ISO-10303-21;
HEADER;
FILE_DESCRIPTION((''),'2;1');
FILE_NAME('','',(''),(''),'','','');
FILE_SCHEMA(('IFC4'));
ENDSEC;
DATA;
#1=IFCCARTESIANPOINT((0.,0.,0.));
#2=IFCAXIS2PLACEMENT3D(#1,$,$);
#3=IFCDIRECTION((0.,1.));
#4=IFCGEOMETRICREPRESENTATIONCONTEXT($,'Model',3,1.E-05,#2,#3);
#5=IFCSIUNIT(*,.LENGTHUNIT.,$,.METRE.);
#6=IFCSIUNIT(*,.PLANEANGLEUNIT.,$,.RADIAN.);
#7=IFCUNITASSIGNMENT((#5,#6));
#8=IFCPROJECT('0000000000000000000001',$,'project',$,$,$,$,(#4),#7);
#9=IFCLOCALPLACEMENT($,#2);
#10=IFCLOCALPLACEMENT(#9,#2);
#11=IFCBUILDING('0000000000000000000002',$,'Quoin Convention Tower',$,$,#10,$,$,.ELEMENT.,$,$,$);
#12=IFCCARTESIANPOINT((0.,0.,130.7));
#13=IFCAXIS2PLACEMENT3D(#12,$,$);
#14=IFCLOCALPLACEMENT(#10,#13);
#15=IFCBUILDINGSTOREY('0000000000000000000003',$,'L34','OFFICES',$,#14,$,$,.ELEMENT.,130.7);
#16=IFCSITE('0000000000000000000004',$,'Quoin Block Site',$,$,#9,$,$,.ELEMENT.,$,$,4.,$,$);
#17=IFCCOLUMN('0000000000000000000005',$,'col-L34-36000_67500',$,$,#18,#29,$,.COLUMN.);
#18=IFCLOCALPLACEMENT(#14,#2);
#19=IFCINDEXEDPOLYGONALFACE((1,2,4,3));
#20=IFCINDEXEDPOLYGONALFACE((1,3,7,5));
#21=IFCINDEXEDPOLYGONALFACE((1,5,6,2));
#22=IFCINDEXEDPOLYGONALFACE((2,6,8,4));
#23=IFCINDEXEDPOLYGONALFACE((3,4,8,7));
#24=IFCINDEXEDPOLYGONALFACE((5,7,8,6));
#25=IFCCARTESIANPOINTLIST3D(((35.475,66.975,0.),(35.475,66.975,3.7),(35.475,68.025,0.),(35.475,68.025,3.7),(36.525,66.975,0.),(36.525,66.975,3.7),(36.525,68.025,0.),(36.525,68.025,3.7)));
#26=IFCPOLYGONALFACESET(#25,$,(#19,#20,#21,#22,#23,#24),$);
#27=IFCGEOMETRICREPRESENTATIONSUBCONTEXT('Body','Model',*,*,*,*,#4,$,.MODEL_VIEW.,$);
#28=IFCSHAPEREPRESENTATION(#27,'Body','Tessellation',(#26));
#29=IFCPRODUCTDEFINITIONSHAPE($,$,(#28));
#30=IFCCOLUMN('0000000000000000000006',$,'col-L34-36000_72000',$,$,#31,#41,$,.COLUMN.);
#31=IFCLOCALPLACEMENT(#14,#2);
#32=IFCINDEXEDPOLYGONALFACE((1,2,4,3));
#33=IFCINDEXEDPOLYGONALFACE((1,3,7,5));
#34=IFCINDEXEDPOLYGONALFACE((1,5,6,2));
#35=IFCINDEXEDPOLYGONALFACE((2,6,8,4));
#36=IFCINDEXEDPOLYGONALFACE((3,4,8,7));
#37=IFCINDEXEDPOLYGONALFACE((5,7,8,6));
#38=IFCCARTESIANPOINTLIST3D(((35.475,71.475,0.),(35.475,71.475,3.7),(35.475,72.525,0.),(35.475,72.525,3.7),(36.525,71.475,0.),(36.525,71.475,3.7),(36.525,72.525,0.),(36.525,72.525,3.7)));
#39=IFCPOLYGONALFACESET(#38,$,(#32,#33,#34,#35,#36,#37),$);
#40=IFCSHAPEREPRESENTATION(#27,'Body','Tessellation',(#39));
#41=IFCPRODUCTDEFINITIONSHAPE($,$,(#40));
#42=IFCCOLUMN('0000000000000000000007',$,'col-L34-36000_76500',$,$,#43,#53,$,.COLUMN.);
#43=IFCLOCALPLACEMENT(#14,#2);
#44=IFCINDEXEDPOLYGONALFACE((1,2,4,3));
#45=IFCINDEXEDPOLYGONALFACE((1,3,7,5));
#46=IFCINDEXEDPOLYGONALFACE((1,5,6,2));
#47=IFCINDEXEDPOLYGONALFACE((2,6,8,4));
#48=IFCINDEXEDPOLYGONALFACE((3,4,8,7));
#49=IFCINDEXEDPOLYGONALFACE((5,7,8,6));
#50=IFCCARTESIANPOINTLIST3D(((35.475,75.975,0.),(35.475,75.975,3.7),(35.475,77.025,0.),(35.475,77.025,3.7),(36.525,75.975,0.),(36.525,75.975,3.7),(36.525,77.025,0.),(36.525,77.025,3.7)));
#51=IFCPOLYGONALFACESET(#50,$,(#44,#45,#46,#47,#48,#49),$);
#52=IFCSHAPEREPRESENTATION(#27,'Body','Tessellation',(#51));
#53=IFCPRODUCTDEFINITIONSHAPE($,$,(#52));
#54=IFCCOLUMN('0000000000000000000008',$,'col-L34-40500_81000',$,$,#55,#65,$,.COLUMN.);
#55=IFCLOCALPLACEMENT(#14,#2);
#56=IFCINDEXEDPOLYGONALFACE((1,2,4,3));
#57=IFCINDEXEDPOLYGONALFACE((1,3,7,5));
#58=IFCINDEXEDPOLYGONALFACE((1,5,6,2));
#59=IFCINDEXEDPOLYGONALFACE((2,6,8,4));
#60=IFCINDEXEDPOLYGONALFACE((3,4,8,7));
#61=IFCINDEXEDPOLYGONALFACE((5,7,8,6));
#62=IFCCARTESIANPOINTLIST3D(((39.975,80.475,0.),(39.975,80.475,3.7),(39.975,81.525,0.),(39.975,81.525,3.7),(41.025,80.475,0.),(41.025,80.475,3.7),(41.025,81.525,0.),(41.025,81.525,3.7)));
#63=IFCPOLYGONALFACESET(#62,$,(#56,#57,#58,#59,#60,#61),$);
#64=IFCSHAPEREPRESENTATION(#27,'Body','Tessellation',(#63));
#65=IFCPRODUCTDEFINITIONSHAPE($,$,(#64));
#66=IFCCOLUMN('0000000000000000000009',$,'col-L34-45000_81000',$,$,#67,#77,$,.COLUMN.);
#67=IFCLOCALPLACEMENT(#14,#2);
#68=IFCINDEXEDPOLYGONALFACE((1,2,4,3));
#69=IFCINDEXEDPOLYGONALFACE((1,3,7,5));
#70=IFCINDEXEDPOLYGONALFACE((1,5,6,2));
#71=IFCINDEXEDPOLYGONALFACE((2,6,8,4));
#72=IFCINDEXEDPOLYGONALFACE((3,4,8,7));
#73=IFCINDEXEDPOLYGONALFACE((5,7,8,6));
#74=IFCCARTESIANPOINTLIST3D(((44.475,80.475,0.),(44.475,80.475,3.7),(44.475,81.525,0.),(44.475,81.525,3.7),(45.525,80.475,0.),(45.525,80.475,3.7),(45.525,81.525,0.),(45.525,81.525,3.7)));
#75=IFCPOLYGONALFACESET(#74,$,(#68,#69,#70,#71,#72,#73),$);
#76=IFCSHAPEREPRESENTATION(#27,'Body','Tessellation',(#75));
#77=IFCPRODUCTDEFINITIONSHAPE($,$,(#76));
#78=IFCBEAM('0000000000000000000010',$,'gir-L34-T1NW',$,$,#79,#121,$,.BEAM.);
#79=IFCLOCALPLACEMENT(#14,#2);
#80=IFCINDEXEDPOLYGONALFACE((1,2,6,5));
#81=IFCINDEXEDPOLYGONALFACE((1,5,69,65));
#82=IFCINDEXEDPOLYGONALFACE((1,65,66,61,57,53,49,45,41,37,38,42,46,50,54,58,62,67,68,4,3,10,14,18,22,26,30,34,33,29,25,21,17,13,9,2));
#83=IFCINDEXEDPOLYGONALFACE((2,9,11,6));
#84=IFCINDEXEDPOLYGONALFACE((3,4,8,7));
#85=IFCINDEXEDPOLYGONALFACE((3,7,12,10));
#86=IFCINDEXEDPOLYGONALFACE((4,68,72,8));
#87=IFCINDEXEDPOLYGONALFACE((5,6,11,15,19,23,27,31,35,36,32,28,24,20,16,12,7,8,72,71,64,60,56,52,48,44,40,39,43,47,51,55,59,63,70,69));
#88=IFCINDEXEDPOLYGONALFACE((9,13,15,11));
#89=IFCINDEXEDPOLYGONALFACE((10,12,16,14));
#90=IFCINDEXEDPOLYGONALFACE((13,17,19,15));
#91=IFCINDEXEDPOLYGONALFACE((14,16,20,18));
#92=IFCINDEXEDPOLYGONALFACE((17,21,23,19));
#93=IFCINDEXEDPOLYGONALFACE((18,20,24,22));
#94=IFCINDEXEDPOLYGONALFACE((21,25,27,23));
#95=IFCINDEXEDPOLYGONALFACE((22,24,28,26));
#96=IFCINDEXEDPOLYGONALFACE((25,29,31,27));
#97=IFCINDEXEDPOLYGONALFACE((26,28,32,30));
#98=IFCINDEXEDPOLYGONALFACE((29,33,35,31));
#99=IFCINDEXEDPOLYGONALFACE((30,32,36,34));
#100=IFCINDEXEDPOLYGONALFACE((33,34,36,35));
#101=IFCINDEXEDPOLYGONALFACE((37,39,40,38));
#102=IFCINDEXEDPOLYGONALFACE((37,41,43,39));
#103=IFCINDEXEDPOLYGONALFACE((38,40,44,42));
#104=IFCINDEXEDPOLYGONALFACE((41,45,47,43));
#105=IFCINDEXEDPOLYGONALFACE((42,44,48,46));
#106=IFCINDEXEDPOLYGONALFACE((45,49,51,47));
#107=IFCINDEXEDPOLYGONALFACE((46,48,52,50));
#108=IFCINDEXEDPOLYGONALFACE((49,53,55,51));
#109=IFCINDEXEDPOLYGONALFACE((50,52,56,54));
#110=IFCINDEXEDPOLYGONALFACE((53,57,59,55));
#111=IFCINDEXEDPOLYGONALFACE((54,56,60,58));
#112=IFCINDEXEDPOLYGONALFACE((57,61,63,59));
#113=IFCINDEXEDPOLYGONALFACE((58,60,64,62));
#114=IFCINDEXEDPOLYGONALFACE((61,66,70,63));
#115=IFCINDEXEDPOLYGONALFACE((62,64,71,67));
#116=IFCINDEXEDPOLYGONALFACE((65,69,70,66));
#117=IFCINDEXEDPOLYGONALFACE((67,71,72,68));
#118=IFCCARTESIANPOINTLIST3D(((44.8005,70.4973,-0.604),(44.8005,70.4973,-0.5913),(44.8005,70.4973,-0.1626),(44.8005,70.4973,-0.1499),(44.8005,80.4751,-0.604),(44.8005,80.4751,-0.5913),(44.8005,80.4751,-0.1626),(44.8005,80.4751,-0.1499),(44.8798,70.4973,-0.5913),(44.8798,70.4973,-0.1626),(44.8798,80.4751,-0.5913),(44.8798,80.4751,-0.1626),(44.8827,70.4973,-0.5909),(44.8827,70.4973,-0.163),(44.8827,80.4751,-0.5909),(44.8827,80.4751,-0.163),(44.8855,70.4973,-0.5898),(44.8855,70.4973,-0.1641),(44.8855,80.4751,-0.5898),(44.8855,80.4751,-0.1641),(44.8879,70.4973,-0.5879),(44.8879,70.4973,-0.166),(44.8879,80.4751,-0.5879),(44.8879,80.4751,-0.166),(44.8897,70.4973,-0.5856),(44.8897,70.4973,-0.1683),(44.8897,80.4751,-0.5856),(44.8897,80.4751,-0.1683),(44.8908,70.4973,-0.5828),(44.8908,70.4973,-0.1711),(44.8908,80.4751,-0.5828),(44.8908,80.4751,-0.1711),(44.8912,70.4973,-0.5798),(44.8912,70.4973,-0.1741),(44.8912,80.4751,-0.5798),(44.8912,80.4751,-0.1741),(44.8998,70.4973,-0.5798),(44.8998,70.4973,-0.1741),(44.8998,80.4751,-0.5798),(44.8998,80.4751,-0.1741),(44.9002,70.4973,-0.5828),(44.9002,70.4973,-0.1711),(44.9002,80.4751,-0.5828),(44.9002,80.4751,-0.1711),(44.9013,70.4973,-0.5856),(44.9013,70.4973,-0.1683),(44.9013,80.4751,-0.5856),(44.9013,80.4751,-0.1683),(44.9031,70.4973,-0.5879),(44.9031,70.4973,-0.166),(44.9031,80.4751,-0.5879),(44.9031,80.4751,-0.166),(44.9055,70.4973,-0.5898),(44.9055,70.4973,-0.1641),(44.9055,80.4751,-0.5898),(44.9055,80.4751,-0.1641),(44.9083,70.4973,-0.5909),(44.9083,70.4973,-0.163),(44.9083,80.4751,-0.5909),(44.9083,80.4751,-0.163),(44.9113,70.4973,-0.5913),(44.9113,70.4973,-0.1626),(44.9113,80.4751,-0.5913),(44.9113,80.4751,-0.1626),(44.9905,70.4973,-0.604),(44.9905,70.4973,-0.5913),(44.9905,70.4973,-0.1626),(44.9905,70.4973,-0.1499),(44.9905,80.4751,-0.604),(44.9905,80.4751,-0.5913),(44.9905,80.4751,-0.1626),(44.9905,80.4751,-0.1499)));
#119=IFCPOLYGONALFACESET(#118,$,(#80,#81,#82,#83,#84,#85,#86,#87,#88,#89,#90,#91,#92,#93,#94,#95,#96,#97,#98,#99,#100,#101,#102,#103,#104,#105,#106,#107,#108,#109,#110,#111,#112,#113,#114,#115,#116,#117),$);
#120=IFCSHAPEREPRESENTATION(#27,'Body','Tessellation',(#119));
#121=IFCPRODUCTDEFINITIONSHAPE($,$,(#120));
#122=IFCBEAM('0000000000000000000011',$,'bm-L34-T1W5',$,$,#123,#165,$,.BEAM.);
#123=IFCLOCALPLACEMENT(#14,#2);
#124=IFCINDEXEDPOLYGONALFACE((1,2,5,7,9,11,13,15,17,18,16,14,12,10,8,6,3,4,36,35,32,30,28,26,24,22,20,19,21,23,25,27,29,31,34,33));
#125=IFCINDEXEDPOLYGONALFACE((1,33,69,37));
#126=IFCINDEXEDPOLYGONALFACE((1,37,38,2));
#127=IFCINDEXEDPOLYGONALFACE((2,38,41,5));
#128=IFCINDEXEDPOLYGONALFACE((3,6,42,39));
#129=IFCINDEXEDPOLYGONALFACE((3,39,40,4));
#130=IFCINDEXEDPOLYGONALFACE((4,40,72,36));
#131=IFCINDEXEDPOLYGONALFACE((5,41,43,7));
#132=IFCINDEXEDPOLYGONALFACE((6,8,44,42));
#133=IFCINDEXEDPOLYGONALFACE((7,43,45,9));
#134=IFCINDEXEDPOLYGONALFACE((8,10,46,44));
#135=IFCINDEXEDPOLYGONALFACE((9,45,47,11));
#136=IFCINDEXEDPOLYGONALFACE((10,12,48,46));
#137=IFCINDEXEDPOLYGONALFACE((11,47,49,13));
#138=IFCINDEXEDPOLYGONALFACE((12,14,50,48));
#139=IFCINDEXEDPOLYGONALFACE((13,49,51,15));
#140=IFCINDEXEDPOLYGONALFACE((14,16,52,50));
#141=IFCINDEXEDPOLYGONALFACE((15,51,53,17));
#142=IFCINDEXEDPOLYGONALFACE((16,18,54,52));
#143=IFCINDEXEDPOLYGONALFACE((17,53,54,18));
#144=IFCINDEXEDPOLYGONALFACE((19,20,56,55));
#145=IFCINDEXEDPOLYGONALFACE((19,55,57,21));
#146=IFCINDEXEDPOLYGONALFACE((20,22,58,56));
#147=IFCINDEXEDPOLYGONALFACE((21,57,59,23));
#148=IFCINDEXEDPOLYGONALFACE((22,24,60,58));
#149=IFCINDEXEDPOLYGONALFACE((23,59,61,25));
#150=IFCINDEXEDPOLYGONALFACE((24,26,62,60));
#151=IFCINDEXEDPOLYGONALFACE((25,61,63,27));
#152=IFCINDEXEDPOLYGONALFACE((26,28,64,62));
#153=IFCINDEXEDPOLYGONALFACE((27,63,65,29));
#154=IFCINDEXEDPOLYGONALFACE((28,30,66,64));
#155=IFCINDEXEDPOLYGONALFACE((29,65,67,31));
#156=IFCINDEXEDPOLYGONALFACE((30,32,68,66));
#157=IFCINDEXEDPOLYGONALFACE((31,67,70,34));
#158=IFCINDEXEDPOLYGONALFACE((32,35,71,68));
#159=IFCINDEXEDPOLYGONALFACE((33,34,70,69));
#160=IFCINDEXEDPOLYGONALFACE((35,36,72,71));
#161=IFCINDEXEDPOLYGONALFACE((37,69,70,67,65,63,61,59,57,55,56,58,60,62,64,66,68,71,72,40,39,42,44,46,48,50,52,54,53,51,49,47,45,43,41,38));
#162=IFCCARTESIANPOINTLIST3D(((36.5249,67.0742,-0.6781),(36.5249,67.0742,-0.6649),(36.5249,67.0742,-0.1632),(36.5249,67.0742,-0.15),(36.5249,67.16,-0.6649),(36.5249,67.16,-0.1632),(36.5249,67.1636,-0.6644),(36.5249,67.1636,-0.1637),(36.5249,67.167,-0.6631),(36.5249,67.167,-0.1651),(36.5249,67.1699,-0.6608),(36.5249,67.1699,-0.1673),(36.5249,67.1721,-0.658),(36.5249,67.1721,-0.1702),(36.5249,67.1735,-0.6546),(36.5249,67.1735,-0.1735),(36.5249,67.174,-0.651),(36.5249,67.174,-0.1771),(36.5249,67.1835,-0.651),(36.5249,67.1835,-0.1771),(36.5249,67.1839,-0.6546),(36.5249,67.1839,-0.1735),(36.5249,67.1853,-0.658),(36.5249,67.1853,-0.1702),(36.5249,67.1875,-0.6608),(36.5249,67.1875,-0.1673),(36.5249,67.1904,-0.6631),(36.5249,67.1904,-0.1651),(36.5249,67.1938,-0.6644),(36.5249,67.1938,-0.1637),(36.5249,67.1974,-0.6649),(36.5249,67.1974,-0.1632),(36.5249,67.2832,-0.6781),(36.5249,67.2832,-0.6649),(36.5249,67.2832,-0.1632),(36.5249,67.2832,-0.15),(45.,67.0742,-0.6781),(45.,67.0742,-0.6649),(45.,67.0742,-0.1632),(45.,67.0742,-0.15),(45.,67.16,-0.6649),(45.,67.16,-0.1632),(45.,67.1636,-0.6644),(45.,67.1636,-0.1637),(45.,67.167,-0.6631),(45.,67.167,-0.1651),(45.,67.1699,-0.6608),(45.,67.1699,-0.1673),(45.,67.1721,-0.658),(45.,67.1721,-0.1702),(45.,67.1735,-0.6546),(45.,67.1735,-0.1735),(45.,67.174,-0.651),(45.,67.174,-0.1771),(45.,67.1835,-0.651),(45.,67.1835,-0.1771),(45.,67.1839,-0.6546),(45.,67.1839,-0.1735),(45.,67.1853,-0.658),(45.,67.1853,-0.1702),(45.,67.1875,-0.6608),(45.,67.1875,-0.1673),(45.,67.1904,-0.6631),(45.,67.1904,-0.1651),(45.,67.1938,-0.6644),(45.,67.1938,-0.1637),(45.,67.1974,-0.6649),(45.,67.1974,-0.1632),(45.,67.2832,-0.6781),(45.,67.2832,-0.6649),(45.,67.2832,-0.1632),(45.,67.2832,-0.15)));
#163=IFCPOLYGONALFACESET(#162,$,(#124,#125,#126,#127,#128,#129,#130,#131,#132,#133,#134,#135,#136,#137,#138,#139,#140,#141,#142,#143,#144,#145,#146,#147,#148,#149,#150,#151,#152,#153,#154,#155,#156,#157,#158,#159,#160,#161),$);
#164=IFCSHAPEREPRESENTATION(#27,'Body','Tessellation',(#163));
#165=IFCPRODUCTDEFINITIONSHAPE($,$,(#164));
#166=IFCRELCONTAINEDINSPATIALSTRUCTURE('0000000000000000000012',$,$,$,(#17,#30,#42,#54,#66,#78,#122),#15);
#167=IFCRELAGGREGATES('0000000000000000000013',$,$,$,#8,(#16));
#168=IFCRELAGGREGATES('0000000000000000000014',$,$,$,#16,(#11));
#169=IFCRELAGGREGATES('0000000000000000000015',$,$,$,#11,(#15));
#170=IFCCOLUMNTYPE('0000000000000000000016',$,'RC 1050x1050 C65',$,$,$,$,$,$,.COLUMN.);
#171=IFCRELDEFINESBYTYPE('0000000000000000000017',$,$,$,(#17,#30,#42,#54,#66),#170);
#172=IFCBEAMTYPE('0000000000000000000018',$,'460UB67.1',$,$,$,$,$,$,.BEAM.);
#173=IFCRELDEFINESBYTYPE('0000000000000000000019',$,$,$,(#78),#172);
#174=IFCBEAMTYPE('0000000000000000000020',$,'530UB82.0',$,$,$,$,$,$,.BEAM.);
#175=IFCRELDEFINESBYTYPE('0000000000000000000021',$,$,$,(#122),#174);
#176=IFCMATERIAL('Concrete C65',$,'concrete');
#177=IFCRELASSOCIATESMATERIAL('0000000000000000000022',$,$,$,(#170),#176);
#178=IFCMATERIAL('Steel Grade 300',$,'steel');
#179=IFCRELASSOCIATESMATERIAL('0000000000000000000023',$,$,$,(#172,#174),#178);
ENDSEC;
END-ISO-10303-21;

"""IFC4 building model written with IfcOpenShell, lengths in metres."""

from ifc_helpers import new_model, si_unit, direction, frame, origin, origin_2d, place, context, subcontext, project, spatial, rectangle, i_section, extrude, material, material_profile, profile_set, type_object, element, save


model = new_model("IFC4")

# Units and contexts
model_context = context("Model", 3, precision=1e-05, world=origin(), true_north=direction((0.0, 1.0)))
body_context = subcontext(model_context, "Body", "Model", "MODEL_VIEW")
ifc_project = project(units=[si_unit("LENGTHUNIT", "METRE"), si_unit("PLANEANGLEUNIT", "RADIAN")], contexts=[model_context])

# Site, building, storey
site_placement = place(None, origin())
site = spatial("IfcSite", under=ifc_project, at=site_placement, Name="Quoin Block Site", CompositionType="ELEMENT", RefElevation=4.0)
building_placement = place(site_placement, origin())
building = spatial("IfcBuilding", under=site, at=building_placement, Name="Quoin Convention Tower", CompositionType="ELEMENT")
storey_placement = place(building_placement, frame((0.0, 0.0, 130.7)))
storey = spatial("IfcBuildingStorey", under=building, at=storey_placement, Name="L34", Description="OFFICES", CompositionType="ELEMENT", Elevation=130.7)

# Columns
ifc_material_1 = material(Name="Concrete C65", Category="concrete")
ifc_material_profile_1 = material_profile(ifc_material_1, rectangle(XDim=1.05, YDim=1.05, at=origin_2d()), Name="RC 1050x1050")
ifc_profile_set_1 = profile_set([ifc_material_profile_1], Name="Concrete C65")
column_type = type_object("IfcColumnType", Name="RC 1050x1050 C65", PredefinedType="COLUMN", material=ifc_profile_set_1)
for number, where, z_axis, x_axis, name in (
    (1, (36.0, 67.5, 0.0), (0.0, 0.0, 1.0), (1.0, 0.0, 0.0), "col-L34-36000_67500"),
    (2, (36.0, 72.0, 0.0), (0.0, 0.0, 1.0), (1.0, 0.0, 0.0), "col-L34-36000_72000"),
    (3, (36.0, 76.5, 0.0), (0.0, 0.0, 1.0), (1.0, 0.0, 0.0), "col-L34-36000_76500"),
    (4, (40.5, 81.0, 0.0), (0.0, 0.0, 1.0), (1.0, 0.0, 0.0), "col-L34-40500_81000"),
    (5, (45.0, 81.0, 0.0), (0.0, 0.0, 1.0), (1.0, 0.0, 0.0), "col-L34-45000_81000"),
):
    element("IfcColumn", number, at=place(storey_placement, frame(where, z_axis=z_axis, x_axis=x_axis)), inside=storey, type_object=column_type, Name=name, PredefinedType="COLUMN", context=body_context, shape_type="SweptSolid", body=[
        extrude(rectangle(XDim=1.05, YDim=1.05, at=origin_2d()), origin(), (0.0, 0.0, 1.0), 3.7),
    ])

# Beams
ifc_material_2 = material(Name="Steel Grade 300", Category="steel")
ifc_material_profile_2 = material_profile(ifc_material_2, i_section(OverallWidth=0.1899, OverallDepth=0.4541, WebThickness=0.0085, FlangeThickness=0.0127, FilletRadius=0.0115, at=origin_2d()), Name="460UB67.1")
ifc_profile_set_2 = profile_set([ifc_material_profile_2], Name="Steel Grade 300")
beam_type_1 = type_object("IfcBeamType", Name="460UB67.1", PredefinedType="BEAM", material=ifc_profile_set_2)
beam_1_placement = place(storey_placement, frame((44.8955, 80.4751, -0.377), z_axis=(0.0, -1.0, 0.0), x_axis=(1.0, 0.0, 0.0)))
element("IfcBeam", 6, at=beam_1_placement, inside=storey, type_object=beam_type_1, Name="gir-L34-T1NW", PredefinedType="BEAM", context=body_context, shape_type="SweptSolid", body=[
    extrude(i_section(OverallWidth=0.1899, OverallDepth=0.4541, WebThickness=0.0085, FlangeThickness=0.0127, FilletRadius=0.0115, at=origin_2d()), origin(), (0.0, 0.0, 1.0), 9.9778),
])
ifc_material_profile_3 = material_profile(ifc_material_2, i_section(OverallWidth=0.209, OverallDepth=0.5281, WebThickness=0.0095, FlangeThickness=0.0132, FilletRadius=0.0139, at=origin_2d()), Name="530UB82.0")
ifc_profile_set_3 = profile_set([ifc_material_profile_3], Name="Steel Grade 300")
beam_type_2 = type_object("IfcBeamType", Name="530UB82.0", PredefinedType="BEAM", material=ifc_profile_set_3)
beam_2_placement = place(storey_placement, frame((36.5249, 67.1787, -0.4141), z_axis=(1.0, 0.0, 0.0), x_axis=(0.0, 1.0, 0.0)))
element("IfcBeam", 7, at=beam_2_placement, inside=storey, type_object=beam_type_2, Name="bm-L34-T1W5", PredefinedType="BEAM", context=body_context, shape_type="SweptSolid", body=[
    extrude(i_section(OverallWidth=0.209, OverallDepth=0.5281, WebThickness=0.0095, FlangeThickness=0.0132, FilletRadius=0.0139, at=origin_2d()), origin(), (0.0, 0.0, 1.0), 8.4751),
])

save(model, "model.ifc")
